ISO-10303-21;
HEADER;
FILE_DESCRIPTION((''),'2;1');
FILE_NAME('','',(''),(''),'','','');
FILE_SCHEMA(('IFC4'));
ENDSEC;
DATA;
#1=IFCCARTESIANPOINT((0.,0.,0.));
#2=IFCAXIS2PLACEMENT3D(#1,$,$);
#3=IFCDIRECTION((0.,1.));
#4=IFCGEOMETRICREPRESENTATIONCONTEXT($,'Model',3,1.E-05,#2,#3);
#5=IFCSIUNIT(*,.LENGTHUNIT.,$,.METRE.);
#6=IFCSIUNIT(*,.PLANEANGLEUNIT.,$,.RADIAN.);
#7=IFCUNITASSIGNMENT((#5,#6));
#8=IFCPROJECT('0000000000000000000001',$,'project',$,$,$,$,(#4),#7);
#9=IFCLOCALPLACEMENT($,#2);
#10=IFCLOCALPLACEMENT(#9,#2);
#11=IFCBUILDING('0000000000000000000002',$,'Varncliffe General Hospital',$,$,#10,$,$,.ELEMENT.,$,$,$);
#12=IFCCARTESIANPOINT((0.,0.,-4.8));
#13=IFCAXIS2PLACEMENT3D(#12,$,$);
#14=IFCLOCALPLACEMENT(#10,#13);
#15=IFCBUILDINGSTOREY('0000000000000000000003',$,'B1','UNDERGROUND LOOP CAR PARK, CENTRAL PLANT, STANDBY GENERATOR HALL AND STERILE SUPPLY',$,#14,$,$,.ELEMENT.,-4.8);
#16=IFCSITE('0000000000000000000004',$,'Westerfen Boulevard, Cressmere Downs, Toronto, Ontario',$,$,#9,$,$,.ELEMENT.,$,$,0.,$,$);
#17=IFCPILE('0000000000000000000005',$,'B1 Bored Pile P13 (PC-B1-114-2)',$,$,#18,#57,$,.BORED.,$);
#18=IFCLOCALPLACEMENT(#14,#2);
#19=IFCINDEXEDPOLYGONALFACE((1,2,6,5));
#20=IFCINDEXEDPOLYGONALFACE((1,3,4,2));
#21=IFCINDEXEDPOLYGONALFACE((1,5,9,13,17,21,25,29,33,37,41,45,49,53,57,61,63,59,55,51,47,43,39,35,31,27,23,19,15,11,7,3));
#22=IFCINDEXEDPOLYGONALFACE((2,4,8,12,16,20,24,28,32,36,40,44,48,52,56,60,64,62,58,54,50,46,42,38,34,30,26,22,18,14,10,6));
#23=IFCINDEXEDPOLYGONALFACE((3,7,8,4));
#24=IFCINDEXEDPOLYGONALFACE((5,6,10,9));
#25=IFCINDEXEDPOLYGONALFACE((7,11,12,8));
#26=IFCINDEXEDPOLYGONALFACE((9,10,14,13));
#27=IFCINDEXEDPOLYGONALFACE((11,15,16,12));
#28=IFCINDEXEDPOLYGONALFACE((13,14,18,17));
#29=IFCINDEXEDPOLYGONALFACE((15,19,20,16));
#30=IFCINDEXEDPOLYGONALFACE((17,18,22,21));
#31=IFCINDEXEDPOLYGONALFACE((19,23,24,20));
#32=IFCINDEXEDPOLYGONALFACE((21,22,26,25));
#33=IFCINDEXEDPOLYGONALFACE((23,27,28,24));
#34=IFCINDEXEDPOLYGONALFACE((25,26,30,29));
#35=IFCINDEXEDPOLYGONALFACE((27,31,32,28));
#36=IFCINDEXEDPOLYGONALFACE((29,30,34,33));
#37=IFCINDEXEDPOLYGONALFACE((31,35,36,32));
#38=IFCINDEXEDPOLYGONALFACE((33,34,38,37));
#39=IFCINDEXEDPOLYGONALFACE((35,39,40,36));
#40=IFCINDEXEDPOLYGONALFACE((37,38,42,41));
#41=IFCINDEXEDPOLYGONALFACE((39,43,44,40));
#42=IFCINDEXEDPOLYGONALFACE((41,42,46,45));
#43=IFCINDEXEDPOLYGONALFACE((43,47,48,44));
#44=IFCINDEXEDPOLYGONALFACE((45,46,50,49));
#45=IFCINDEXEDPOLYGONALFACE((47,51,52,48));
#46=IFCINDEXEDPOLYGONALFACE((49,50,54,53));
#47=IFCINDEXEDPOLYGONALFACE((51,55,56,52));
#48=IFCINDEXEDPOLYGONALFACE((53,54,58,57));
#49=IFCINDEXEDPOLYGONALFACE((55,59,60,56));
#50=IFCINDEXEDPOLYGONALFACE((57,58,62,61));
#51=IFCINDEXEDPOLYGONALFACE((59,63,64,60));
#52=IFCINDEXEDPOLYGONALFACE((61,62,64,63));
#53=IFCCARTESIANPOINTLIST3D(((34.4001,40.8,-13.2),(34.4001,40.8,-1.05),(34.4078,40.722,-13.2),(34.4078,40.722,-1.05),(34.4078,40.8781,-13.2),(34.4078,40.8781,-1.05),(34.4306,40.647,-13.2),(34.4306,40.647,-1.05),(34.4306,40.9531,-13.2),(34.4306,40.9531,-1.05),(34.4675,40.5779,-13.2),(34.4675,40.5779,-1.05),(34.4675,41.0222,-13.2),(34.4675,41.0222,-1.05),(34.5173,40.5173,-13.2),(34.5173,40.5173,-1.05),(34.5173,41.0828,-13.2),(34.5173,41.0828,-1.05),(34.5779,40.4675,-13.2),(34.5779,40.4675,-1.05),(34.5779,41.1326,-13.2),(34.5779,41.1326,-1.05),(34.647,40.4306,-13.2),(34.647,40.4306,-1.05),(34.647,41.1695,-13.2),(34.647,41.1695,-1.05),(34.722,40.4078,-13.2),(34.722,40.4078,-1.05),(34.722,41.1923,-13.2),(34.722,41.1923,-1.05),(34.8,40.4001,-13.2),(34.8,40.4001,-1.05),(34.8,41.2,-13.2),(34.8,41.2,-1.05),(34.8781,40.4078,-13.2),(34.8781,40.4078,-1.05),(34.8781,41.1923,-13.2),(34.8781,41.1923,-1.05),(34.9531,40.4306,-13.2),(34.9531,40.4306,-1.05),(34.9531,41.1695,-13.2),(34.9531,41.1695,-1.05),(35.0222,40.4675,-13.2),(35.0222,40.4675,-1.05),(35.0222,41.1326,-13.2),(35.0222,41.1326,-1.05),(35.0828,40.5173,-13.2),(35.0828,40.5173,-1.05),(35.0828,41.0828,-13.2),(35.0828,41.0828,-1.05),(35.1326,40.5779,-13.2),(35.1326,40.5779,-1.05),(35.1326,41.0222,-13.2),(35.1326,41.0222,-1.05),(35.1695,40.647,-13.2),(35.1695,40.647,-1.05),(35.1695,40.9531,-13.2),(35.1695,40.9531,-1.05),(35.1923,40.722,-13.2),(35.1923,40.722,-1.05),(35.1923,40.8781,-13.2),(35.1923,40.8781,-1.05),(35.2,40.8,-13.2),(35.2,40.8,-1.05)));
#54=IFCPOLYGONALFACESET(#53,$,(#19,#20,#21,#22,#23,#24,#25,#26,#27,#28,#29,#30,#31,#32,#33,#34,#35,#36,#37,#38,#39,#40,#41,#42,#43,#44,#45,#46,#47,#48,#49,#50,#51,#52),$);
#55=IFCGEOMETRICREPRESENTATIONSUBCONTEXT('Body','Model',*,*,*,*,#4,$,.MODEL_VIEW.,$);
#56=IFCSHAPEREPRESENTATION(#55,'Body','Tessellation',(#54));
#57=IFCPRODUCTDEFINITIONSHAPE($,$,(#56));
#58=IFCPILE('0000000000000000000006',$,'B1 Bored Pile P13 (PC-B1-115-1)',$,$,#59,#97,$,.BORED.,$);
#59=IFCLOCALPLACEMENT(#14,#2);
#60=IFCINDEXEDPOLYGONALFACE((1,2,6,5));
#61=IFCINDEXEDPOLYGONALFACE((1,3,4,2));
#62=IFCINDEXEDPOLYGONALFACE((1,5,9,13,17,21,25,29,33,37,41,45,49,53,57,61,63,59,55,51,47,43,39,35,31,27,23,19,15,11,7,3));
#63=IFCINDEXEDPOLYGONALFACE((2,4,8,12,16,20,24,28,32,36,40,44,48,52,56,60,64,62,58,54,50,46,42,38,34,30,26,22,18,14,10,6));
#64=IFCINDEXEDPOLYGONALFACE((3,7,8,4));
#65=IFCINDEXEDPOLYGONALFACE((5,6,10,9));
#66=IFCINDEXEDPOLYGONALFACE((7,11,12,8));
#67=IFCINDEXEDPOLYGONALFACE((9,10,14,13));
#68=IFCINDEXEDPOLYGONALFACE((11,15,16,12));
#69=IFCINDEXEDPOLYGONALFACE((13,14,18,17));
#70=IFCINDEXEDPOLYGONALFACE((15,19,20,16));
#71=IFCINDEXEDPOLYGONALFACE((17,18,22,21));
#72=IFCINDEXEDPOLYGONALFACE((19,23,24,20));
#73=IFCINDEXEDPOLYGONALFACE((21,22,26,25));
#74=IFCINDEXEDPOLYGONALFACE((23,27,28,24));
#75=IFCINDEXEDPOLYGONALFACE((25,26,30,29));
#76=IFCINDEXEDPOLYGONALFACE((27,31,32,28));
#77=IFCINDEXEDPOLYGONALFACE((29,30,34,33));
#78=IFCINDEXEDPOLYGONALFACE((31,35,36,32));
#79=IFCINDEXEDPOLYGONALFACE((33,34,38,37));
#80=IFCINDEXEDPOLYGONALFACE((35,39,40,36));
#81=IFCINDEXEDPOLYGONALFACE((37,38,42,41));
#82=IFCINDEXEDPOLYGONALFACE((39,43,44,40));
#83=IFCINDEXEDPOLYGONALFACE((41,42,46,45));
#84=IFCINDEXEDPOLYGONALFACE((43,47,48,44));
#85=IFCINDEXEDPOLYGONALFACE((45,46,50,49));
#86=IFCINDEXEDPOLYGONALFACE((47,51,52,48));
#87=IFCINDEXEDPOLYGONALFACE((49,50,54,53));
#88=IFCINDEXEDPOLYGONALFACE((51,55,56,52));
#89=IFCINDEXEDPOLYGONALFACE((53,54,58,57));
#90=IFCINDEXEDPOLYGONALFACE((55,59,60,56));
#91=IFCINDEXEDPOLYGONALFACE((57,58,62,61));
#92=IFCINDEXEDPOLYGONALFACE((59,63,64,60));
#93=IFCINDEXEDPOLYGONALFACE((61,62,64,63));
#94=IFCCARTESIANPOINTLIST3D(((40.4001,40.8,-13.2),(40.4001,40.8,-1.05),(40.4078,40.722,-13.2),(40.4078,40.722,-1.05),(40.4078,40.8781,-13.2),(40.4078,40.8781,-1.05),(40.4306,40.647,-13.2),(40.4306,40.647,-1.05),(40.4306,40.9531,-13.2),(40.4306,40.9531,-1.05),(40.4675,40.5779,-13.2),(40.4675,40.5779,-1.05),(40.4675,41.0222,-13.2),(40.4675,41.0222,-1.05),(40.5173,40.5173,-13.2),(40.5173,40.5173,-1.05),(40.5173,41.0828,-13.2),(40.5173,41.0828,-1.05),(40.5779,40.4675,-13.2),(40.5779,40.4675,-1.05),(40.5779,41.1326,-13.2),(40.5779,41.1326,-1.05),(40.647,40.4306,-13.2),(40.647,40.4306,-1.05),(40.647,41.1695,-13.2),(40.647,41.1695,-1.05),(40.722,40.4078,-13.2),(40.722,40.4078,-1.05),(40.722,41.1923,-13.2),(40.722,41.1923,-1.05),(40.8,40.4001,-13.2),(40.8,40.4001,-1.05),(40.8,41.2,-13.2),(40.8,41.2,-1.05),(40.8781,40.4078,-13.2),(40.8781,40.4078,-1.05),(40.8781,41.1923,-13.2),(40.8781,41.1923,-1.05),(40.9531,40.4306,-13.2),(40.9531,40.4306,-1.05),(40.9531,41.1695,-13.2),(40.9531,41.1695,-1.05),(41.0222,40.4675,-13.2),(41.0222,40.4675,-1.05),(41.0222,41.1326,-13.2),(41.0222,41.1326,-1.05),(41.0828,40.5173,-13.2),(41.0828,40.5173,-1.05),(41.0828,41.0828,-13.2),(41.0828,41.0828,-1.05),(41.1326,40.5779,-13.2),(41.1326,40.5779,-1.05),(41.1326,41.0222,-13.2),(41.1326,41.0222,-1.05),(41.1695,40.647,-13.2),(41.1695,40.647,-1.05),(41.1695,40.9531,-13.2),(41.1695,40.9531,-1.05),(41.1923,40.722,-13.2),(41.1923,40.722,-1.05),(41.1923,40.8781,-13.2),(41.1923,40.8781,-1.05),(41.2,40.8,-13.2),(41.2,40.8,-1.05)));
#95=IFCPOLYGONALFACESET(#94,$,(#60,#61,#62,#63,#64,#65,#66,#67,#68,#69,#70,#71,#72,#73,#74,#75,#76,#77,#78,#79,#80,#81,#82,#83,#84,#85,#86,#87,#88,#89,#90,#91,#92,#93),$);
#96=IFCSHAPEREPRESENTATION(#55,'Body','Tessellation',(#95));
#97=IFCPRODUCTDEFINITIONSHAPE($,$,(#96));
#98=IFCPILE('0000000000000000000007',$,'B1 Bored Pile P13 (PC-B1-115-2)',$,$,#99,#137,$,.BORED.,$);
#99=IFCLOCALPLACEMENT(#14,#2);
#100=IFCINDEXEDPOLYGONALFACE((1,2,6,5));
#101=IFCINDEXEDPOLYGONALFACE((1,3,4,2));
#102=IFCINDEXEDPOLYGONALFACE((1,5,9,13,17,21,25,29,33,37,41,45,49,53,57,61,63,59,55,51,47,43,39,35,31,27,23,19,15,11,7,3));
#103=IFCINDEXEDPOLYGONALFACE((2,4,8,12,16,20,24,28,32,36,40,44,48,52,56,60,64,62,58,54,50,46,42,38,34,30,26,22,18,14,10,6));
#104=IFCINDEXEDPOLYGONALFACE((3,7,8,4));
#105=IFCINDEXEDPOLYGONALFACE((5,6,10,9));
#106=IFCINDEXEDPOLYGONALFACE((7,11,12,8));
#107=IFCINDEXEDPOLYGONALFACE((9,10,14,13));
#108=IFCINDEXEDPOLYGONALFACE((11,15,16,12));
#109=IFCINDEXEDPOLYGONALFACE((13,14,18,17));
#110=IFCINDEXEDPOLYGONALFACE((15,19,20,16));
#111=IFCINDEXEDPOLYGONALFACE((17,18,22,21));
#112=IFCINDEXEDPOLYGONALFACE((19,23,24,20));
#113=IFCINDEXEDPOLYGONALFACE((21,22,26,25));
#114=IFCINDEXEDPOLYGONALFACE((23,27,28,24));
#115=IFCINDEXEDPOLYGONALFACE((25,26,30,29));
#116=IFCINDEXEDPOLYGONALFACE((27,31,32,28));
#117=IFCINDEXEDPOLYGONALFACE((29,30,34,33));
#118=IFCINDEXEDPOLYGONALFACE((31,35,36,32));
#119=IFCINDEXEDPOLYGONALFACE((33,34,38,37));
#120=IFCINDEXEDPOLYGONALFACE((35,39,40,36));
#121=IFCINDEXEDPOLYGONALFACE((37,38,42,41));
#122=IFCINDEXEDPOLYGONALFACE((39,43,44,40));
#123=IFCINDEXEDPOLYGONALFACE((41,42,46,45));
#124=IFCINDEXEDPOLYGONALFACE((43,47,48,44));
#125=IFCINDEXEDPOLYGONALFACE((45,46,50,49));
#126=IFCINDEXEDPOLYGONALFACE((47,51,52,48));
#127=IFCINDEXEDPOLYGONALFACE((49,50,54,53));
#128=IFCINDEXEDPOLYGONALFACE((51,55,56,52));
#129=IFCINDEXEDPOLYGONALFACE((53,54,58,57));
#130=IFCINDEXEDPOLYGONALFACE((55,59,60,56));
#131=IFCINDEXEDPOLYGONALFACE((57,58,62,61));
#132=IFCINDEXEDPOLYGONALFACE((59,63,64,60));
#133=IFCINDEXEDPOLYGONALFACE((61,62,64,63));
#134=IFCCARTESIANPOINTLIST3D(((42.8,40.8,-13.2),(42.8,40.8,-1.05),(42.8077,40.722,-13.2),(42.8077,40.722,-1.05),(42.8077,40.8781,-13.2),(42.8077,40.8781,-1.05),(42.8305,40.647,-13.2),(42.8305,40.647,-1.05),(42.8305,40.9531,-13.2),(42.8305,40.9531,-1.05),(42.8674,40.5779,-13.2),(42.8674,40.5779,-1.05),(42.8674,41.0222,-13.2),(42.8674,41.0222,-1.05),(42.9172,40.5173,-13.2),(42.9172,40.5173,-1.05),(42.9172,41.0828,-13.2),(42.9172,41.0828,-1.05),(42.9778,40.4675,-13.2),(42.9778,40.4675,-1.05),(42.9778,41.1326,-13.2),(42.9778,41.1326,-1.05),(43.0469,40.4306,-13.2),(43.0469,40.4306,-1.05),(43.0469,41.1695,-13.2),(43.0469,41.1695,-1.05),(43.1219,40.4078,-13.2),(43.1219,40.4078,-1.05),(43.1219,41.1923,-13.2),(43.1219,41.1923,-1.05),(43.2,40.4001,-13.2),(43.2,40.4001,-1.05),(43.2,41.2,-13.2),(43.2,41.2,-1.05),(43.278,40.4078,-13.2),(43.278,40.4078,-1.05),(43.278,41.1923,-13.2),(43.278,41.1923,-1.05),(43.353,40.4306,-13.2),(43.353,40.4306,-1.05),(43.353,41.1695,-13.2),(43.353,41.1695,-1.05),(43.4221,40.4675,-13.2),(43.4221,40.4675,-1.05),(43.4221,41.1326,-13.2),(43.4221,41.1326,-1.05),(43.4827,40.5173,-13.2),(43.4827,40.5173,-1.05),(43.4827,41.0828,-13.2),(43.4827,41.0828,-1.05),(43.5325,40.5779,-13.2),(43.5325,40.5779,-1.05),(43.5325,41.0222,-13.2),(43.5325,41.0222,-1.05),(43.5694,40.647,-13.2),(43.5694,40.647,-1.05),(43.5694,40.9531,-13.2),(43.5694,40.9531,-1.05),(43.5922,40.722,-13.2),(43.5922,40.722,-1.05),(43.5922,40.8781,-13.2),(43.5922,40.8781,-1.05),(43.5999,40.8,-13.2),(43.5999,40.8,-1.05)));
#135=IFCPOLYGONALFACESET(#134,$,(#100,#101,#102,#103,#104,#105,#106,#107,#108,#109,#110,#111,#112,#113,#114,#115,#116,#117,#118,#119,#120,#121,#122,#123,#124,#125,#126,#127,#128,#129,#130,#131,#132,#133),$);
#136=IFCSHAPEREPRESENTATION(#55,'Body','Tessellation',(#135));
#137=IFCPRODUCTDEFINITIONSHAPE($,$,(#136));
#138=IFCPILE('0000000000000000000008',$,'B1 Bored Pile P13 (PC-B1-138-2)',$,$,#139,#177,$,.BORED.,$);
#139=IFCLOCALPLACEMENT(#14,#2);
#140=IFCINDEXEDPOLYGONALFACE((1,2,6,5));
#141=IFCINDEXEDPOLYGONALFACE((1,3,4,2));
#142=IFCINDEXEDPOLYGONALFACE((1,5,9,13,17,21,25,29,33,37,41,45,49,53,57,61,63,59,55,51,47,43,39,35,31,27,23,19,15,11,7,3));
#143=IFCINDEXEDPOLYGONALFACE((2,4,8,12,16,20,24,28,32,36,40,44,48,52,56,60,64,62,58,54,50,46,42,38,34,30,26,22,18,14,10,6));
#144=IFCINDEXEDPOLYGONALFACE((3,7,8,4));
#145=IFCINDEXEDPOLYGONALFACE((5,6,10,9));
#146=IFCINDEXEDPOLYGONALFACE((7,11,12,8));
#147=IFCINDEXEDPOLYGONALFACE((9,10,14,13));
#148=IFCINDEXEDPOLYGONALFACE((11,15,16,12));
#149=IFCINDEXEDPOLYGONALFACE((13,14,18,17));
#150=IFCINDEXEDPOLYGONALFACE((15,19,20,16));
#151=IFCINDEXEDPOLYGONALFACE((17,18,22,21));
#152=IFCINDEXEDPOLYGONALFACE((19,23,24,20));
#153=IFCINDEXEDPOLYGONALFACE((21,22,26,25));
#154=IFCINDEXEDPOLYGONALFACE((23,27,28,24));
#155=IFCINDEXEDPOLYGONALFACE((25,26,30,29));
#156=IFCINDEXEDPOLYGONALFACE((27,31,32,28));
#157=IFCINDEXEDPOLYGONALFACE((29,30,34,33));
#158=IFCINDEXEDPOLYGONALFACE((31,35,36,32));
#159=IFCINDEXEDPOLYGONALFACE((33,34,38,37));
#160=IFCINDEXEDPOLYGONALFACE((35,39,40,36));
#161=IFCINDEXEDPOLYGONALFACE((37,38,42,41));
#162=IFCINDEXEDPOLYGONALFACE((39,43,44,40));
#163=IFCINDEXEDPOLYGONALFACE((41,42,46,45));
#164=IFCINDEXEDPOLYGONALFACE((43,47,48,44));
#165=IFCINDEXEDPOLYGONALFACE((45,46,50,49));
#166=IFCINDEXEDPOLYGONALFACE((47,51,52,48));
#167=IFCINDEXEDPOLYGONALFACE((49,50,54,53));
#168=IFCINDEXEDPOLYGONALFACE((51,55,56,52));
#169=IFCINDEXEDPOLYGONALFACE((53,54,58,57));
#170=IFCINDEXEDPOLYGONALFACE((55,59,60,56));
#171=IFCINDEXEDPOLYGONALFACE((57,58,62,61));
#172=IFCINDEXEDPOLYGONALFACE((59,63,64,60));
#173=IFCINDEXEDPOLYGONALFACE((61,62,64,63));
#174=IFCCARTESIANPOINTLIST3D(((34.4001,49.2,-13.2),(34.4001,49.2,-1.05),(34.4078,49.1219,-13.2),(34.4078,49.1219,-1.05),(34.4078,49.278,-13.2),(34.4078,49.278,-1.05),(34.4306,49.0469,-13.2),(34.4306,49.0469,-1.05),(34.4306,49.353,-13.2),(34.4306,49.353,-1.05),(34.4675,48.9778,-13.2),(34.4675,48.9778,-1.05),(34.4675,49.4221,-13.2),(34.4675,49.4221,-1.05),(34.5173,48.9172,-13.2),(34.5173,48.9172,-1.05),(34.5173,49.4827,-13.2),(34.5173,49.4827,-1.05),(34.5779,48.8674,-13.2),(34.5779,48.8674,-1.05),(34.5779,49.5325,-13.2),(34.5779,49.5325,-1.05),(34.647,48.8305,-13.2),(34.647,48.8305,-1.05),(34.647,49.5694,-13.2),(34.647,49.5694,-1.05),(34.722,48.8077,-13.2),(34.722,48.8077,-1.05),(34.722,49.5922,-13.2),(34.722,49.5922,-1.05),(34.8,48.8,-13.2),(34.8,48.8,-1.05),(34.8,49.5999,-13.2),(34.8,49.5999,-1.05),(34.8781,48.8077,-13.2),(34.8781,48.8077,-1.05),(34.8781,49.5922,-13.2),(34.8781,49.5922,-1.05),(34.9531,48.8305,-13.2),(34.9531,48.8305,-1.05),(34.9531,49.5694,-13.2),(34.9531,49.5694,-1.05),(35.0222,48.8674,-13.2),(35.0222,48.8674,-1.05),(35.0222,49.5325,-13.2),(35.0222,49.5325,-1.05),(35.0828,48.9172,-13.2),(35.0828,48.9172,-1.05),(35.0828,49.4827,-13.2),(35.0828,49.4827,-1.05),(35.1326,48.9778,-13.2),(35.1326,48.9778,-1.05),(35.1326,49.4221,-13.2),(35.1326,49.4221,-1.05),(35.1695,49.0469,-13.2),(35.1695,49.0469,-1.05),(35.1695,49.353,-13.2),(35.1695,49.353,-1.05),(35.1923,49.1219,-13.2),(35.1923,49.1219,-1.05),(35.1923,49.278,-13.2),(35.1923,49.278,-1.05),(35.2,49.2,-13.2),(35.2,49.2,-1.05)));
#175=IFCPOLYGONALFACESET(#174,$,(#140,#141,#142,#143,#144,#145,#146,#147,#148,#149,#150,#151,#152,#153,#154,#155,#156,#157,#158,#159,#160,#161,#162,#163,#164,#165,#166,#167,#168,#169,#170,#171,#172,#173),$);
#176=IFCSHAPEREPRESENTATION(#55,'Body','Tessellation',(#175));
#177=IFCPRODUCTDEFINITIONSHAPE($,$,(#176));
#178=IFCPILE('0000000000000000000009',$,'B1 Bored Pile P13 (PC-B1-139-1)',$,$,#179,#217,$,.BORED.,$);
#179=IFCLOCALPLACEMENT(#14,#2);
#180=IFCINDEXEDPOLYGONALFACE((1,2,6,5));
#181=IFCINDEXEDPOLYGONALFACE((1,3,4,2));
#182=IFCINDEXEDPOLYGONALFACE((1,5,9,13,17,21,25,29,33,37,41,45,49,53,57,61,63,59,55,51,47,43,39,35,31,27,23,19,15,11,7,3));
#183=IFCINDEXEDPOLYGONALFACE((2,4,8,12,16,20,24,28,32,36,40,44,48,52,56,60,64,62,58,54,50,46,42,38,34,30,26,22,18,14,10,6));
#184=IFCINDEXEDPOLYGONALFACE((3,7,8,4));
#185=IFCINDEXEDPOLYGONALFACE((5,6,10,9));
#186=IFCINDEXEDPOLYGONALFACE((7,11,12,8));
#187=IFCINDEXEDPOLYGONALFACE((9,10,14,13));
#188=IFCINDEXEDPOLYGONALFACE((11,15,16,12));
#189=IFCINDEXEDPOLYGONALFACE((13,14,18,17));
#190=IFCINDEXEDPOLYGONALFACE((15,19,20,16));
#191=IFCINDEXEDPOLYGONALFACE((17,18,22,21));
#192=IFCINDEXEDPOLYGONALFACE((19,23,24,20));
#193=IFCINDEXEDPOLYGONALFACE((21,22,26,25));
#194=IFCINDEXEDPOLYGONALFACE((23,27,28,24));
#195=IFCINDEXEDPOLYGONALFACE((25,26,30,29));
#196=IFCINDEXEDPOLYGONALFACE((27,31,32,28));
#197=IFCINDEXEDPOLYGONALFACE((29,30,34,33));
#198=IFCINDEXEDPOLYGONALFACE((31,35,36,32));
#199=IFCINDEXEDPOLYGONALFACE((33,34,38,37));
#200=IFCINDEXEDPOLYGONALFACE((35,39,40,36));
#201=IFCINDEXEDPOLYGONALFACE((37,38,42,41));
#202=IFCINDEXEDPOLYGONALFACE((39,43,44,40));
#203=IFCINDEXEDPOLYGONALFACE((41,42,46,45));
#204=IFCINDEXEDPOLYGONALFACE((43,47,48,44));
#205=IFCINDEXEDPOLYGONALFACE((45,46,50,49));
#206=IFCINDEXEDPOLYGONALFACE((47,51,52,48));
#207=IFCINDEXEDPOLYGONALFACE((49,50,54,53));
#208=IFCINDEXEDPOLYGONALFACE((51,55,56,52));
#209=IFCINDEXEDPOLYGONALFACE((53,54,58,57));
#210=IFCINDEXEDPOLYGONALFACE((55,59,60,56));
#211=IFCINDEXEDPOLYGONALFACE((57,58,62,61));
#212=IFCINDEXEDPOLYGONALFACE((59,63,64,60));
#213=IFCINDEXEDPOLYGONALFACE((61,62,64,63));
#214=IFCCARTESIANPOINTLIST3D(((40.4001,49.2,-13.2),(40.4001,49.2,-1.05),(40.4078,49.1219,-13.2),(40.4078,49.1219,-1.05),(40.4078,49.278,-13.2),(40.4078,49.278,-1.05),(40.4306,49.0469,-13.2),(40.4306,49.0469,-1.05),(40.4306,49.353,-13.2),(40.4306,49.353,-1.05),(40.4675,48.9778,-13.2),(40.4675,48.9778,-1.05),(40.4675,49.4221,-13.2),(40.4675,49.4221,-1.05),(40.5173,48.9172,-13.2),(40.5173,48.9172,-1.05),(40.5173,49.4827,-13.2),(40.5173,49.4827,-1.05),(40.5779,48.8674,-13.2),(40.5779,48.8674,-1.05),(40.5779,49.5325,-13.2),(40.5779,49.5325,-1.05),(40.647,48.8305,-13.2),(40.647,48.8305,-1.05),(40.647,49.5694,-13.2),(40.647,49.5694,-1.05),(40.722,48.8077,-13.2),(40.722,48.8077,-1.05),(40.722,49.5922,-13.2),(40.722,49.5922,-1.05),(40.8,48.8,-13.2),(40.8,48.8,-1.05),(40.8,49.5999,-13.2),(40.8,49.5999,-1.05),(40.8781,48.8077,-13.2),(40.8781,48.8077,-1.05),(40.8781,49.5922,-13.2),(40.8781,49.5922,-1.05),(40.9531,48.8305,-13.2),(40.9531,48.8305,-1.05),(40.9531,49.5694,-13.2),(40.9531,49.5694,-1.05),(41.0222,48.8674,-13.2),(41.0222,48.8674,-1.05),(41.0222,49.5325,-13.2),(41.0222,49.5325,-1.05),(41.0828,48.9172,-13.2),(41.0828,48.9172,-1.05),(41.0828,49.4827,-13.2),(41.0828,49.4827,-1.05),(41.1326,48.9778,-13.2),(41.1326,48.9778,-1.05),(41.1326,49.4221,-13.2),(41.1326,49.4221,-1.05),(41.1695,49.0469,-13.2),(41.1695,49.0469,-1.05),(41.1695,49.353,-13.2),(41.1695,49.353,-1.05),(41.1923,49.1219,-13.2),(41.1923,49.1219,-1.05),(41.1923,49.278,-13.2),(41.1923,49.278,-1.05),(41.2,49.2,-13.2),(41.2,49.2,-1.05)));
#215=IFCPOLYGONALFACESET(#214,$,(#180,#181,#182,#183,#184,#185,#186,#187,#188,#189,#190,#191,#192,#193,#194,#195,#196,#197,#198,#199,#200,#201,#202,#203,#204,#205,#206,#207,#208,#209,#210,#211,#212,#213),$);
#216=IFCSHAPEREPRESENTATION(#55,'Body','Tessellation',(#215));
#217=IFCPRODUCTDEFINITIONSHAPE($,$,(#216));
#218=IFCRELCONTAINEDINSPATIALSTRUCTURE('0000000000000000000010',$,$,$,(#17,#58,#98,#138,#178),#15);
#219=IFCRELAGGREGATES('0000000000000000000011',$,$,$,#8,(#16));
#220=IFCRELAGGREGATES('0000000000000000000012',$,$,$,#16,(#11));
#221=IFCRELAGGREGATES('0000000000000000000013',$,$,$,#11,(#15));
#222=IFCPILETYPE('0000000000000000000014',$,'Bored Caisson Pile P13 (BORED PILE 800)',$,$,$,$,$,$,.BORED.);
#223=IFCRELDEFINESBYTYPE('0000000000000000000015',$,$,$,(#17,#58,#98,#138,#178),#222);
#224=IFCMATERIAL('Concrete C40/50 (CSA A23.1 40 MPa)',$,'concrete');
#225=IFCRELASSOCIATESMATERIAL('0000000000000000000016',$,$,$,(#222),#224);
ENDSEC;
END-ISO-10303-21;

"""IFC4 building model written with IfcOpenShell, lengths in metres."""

from ifc_helpers import new_model, si_unit, direction, frame, origin, origin_2d, place, context, subcontext, project, spatial, circle, extrude, material, material_profile, profile_set, type_object, element, save


model = new_model("IFC4")

# Units and contexts
model_context = context("Model", 3, precision=1e-05, world=origin(), true_north=direction((0.0, 1.0)))
body_context = subcontext(model_context, "Body", "Model", "MODEL_VIEW")
ifc_project = project(units=[si_unit("LENGTHUNIT", "METRE"), si_unit("PLANEANGLEUNIT", "RADIAN")], contexts=[model_context])

# Site, building, storey
site_placement = place(None, origin())
site = spatial("IfcSite", under=ifc_project, at=site_placement, Name="Westerfen Boulevard, Cressmere Downs, Toronto, Ontario", CompositionType="ELEMENT", RefElevation=0.0)
building_placement = place(site_placement, origin())
building = spatial("IfcBuilding", under=site, at=building_placement, Name="Varncliffe General Hospital", CompositionType="ELEMENT")
storey_placement = place(building_placement, frame((0.0, 0.0, -4.8)))
storey = spatial("IfcBuildingStorey", under=building, at=storey_placement, Name="B1", Description="UNDERGROUND LOOP CAR PARK, CENTRAL PLANT, STANDBY GENERATOR HALL AND STERILE SUPPLY", CompositionType="ELEMENT", Elevation=-4.8)

# Piles
ifc_material_1 = material(Name="Concrete C40/50 (CSA A23.1 40 MPa)", Category="concrete")
ifc_material_profile_1 = material_profile(ifc_material_1, circle(Radius=0.3999, at=origin_2d()), Name="BORED PILE 800")
ifc_profile_set_1 = profile_set([ifc_material_profile_1], Name="Concrete C40/50 (CSA A23.1 40 MPa)")
pile_type = type_object("IfcPileType", Name="Bored Caisson Pile P13 (BORED PILE 800)", PredefinedType="BORED", material=ifc_profile_set_1)
for number, where, z_axis, x_axis, name in (
    (1, (34.8, 40.8, -1.05), (0.0, 0.0, -1.0), (1.0, 0.0, 0.0), "B1 Bored Pile P13 (PC-B1-114-2)"),
    (2, (40.8, 40.8, -1.05), (0.0, 0.0, -1.0), (1.0, 0.0, 0.0), "B1 Bored Pile P13 (PC-B1-115-1)"),
    (3, (43.2, 40.8, -1.05), (0.0, 0.0, -1.0), (1.0, 0.0, 0.0), "B1 Bored Pile P13 (PC-B1-115-2)"),
    (4, (34.8, 49.2, -1.05), (0.0, 0.0, -1.0), (1.0, 0.0, 0.0), "B1 Bored Pile P13 (PC-B1-138-2)"),
    (5, (40.8, 49.2, -1.05), (0.0, 0.0, -1.0), (1.0, 0.0, 0.0), "B1 Bored Pile P13 (PC-B1-139-1)"),
):
    element("IfcPile", number, at=place(storey_placement, frame(where, z_axis=z_axis, x_axis=x_axis)), inside=storey, type_object=pile_type, Name=name, PredefinedType="BORED", context=body_context, shape_type="SweptSolid", body=[
        extrude(circle(Radius=0.3999, at=origin_2d()), origin(), (0.0, 0.0, 1.0), 12.1499),
    ])

save(model, "model.ifc")
